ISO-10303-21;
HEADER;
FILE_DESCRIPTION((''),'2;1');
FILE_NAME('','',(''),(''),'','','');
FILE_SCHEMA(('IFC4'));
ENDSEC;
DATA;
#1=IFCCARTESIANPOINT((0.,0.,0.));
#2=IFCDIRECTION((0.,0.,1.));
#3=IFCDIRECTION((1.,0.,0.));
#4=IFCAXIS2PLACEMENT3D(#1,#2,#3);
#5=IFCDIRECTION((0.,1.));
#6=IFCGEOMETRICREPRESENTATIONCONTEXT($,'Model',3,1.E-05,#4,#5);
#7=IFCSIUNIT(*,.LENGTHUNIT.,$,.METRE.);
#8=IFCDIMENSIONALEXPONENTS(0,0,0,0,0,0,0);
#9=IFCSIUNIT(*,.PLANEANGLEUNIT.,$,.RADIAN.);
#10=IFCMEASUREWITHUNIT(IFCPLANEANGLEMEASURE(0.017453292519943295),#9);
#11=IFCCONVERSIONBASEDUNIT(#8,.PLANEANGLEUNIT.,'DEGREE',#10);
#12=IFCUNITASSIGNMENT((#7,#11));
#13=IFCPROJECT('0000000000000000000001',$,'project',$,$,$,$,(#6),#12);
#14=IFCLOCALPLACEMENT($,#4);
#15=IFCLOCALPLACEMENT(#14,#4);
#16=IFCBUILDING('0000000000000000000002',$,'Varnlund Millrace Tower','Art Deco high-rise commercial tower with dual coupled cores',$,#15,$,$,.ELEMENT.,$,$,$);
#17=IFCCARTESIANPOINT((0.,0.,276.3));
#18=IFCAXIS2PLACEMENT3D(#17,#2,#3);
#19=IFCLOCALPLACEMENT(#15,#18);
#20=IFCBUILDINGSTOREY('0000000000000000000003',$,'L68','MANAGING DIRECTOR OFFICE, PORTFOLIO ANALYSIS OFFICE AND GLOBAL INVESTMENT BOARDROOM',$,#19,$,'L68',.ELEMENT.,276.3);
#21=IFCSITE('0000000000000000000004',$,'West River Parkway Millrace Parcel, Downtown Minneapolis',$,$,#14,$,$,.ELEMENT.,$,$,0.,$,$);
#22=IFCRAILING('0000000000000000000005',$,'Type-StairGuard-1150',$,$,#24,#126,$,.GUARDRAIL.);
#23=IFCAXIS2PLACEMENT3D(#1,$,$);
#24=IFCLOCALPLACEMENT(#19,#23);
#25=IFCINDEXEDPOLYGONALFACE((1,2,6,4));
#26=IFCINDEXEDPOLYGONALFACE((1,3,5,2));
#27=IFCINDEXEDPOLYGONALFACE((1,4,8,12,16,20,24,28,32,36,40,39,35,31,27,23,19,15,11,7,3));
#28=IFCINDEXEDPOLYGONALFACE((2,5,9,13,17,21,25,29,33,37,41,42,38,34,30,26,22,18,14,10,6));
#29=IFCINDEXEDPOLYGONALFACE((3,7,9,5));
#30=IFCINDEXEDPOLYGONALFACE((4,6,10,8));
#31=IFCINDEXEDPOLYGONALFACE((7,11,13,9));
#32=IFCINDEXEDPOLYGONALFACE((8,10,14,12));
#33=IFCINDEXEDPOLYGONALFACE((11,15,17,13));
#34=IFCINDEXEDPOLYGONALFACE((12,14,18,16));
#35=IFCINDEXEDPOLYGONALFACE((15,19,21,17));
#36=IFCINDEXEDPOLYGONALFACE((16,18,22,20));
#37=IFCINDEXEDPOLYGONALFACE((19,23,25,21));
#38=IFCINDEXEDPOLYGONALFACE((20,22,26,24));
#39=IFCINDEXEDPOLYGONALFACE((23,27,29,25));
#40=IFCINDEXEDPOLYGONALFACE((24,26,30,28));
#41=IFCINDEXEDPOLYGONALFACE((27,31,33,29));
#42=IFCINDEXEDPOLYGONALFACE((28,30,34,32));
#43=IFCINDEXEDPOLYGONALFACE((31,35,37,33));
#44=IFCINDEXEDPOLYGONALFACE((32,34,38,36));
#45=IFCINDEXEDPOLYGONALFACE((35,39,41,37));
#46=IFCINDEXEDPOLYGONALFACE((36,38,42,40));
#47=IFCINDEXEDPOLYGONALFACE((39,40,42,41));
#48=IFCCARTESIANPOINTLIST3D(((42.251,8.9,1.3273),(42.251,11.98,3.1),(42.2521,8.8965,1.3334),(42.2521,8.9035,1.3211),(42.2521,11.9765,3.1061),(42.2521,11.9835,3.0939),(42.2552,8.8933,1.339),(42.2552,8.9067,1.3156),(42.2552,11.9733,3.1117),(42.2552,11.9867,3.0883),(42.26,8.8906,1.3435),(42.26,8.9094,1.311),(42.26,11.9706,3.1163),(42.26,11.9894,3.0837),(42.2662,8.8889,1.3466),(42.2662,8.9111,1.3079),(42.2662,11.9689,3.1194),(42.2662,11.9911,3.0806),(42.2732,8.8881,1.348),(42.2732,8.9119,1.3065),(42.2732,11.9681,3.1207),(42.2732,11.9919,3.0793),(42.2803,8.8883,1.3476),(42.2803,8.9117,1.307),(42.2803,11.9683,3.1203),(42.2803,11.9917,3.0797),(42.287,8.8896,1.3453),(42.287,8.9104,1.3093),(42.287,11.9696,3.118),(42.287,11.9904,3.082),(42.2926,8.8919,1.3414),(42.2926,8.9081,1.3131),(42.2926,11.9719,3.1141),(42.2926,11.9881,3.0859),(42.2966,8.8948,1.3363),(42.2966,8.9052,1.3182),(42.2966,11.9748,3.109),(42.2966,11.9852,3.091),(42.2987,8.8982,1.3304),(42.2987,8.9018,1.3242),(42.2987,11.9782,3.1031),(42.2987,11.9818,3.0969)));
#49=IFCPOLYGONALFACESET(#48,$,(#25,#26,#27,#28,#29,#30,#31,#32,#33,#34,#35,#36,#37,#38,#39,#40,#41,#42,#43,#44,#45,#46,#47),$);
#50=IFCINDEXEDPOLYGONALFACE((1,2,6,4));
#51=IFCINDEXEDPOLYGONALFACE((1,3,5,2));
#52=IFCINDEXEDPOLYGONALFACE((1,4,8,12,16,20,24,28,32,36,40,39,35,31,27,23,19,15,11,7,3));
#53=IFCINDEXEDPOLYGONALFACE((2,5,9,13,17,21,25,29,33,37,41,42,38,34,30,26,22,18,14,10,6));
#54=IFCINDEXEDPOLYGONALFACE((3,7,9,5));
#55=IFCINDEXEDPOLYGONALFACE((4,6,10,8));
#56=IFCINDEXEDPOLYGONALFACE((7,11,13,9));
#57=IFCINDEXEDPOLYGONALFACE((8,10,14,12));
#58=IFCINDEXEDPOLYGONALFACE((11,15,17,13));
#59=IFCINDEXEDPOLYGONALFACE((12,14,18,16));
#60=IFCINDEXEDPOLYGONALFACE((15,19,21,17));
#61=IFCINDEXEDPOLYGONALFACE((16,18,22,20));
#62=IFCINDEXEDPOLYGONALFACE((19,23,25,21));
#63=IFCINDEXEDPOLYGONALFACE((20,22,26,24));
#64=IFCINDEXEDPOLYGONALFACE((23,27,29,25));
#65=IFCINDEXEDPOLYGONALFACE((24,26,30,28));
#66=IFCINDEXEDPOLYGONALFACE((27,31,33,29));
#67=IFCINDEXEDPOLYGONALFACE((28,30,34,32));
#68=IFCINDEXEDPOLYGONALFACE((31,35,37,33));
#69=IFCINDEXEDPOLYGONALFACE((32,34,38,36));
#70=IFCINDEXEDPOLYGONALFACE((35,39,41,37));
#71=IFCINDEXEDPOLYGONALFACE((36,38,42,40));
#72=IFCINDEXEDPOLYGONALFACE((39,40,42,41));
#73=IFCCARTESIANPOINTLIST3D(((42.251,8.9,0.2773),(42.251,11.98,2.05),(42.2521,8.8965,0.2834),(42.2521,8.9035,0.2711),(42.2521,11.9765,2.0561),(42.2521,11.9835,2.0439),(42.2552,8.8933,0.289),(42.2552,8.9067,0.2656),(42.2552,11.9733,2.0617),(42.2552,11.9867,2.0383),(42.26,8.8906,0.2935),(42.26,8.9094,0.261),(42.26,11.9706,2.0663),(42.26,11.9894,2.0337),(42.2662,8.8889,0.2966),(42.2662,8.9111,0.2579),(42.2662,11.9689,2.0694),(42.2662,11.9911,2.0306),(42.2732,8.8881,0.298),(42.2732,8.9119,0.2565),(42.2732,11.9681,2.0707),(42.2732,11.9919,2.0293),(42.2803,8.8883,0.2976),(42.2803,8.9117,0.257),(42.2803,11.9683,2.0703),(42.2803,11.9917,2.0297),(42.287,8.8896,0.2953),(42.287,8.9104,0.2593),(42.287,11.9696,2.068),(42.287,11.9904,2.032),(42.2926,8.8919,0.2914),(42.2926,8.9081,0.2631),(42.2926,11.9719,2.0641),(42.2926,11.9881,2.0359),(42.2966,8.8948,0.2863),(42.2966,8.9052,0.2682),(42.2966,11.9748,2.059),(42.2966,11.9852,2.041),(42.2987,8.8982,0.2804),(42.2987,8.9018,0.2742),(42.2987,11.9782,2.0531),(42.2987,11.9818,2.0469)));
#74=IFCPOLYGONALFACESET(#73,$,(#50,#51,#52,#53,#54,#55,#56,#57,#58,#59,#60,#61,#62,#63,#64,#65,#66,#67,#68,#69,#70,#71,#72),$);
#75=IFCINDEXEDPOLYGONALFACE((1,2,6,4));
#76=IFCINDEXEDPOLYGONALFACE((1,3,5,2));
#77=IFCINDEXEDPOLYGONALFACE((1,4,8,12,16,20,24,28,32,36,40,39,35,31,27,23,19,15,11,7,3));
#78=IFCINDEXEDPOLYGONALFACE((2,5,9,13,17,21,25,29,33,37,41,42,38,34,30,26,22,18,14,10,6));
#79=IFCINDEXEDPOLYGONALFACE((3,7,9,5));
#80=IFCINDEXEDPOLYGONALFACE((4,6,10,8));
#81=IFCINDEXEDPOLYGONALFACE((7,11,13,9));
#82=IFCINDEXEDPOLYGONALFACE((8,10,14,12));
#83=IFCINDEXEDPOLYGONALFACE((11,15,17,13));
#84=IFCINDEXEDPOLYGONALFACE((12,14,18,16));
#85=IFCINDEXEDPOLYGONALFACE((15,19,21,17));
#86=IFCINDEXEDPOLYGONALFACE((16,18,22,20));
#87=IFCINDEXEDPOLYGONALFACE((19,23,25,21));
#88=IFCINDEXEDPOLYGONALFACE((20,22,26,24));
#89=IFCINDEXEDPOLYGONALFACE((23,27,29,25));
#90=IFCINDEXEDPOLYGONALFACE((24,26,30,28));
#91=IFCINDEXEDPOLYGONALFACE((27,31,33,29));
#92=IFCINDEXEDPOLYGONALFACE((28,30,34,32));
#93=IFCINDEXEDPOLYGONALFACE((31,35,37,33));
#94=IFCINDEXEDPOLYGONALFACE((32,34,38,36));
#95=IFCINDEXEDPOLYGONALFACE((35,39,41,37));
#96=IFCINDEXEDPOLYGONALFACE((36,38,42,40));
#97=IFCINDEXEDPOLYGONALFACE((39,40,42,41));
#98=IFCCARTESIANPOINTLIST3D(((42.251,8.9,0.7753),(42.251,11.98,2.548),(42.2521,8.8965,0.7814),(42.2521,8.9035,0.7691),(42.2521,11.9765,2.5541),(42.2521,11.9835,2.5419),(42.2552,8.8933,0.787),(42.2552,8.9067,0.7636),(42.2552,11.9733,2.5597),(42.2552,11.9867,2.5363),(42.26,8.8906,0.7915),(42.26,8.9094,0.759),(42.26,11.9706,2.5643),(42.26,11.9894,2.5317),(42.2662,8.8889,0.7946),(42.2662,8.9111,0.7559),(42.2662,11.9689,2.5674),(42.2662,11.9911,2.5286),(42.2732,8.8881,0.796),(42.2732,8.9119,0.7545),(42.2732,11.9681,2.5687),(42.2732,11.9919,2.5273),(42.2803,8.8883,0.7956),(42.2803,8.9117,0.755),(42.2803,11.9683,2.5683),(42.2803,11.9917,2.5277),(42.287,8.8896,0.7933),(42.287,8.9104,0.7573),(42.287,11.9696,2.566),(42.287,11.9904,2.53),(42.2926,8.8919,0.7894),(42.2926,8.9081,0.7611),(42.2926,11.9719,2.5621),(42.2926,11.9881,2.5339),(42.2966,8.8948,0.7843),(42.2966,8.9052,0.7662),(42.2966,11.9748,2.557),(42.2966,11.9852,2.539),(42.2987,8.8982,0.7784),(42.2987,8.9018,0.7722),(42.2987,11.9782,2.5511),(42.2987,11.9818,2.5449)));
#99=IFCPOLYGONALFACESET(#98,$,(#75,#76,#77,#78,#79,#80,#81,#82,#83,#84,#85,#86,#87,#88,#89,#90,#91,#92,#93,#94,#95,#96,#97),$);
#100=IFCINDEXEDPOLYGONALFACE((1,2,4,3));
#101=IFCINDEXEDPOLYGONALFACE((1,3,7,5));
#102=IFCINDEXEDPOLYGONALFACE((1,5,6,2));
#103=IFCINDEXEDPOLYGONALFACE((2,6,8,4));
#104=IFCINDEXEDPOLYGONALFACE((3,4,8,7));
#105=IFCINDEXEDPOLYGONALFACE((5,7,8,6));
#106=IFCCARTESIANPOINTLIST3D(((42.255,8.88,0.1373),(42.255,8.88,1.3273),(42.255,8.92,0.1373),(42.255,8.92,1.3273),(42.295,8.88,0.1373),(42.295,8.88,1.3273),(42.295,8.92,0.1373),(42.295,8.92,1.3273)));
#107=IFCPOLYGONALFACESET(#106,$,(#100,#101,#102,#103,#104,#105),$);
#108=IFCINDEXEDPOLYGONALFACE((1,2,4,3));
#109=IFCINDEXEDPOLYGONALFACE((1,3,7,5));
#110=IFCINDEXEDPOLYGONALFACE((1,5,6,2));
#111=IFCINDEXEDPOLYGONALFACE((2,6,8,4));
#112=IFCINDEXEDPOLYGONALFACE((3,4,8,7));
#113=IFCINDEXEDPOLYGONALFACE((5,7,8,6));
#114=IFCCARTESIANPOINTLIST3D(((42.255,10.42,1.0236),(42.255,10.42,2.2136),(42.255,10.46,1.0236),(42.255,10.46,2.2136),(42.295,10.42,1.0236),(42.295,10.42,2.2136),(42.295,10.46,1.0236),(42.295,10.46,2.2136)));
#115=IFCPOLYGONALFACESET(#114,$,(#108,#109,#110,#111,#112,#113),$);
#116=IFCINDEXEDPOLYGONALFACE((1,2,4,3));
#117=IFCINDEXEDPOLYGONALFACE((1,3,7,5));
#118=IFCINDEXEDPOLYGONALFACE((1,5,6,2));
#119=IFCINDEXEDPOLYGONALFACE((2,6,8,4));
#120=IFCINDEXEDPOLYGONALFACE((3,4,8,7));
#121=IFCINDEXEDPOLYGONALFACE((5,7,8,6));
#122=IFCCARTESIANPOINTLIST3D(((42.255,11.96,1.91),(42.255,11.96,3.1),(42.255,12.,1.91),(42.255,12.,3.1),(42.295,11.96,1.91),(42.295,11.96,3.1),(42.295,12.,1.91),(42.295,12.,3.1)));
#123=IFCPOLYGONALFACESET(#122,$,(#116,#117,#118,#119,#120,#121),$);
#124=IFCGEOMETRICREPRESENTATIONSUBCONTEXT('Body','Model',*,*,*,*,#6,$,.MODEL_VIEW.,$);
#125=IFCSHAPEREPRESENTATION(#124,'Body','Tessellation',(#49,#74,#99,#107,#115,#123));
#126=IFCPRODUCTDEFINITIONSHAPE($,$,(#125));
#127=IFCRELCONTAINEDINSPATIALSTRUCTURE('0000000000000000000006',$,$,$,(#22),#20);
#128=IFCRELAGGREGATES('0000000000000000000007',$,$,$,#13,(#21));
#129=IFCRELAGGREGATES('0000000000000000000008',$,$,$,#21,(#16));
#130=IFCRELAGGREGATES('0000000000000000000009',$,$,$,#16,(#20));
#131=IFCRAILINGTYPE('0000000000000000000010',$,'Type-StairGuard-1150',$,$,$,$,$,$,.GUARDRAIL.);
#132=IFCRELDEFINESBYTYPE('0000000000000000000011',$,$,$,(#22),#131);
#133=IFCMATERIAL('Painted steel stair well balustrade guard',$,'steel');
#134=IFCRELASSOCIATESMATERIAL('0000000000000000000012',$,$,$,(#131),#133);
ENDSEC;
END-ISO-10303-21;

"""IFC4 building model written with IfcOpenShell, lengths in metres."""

from ifc_helpers import new_model, entity, si_unit, converted_unit, direction, frame, origin_with_axes, origin_2d_with_axis, place, context, subcontext, project, spatial, rectangle, circle, extrude, material, type_object, element, save


model = new_model("IFC4")

# Units and contexts
model_context = context("Model", 3, precision=1e-05, world=origin_with_axes(), true_north=direction((0.0, 1.0)))
body_context = subcontext(model_context, "Body", "Model", "MODEL_VIEW")
ifc_project = project(units=[si_unit("LENGTHUNIT", "METRE"), converted_unit("PLANEANGLEUNIT", "DEGREE", entity("IfcPlaneAngleMeasure", 0.017453292519943295), si_unit("PLANEANGLEUNIT", "RADIAN"), dimensions=[0, 0, 0, 0, 0, 0, 0])], contexts=[model_context])

# Site, building, storey
site_placement = place(None, origin_with_axes())
site = spatial("IfcSite", under=ifc_project, at=site_placement, Name="West River Parkway Millrace Parcel, Downtown Minneapolis", CompositionType="ELEMENT", RefElevation=0.0)
building_placement = place(site_placement, origin_with_axes())
building = spatial("IfcBuilding", under=site, at=building_placement, Name="Varnlund Millrace Tower", Description="Art Deco high-rise commercial tower with dual coupled cores", CompositionType="ELEMENT")
storey_placement = place(building_placement, frame((0.0, 0.0, 276.3), z_axis=(0.0, 0.0, 1.0), x_axis=(1.0, 0.0, 0.0)))
storey = spatial("IfcBuildingStorey", under=building, at=storey_placement, Name="L68", Description="MANAGING DIRECTOR OFFICE, PORTFOLIO ANALYSIS OFFICE AND GLOBAL INVESTMENT BOARDROOM", LongName="L68", CompositionType="ELEMENT", Elevation=276.3)

# Railing
ifc_material_1 = material(Name="Painted steel stair well balustrade guard", Category="steel")
railing_type_1 = type_object("IfcRailingType", Name="Type-StairGuard-1150", PredefinedType="GUARDRAIL", material=ifc_material_1)
railing_1_placement = place(storey_placement, frame((0.0, 0.0, -276.3), z_axis=(0.0, 0.0, 1.0), x_axis=(1.0, 0.0, 0.0)))
element("IfcRailing", 1, at=railing_1_placement, inside=storey, type_object=railing_type_1, Name="Type-StairGuard-1150", PredefinedType="GUARDRAIL", context=body_context, shape_type="SweptSolid", body=[
    extrude(circle(Radius=0.024, at=origin_2d_with_axis()), frame((42.275, 8.9, 277.6273), z_axis=(0.0, 0.866696, 0.498836), x_axis=(-1.0, 0.0, 0.0)), (0.0, 0.0, 1.0), 3.5537),
    extrude(circle(Radius=0.024, at=origin_2d_with_axis()), frame((42.275, 8.9, 276.5773), z_axis=(0.0, 0.866696, 0.498836), x_axis=(-1.0, 0.0, 0.0)), (0.0, 0.0, 1.0), 3.5537),
    extrude(circle(Radius=0.024, at=origin_2d_with_axis()), frame((42.275, 8.9, 277.0753), z_axis=(0.0, 0.866696, 0.498836), x_axis=(-1.0, 0.0, 0.0)), (0.0, 0.0, 1.0), 3.5537),
    extrude(rectangle(XDim=0.04, YDim=0.04, at=origin_2d_with_axis()), frame((42.275, 8.9, 276.4373), z_axis=(0.0, 0.0, 1.0), x_axis=(1.0, 0.0, 0.0)), (0.0, 0.0, 1.0), 1.19),
    extrude(rectangle(XDim=0.04, YDim=0.04, at=origin_2d_with_axis()), frame((42.275, 10.44, 277.3236), z_axis=(0.0, 0.0, 1.0), x_axis=(1.0, 0.0, 0.0)), (0.0, 0.0, 1.0), 1.19),
    extrude(rectangle(XDim=0.04, YDim=0.04, at=origin_2d_with_axis()), frame((42.275, 11.98, 278.21), z_axis=(0.0, 0.0, 1.0), x_axis=(1.0, 0.0, 0.0)), (0.0, 0.0, 1.0), 1.19),
])

save(model, "model.ifc")
